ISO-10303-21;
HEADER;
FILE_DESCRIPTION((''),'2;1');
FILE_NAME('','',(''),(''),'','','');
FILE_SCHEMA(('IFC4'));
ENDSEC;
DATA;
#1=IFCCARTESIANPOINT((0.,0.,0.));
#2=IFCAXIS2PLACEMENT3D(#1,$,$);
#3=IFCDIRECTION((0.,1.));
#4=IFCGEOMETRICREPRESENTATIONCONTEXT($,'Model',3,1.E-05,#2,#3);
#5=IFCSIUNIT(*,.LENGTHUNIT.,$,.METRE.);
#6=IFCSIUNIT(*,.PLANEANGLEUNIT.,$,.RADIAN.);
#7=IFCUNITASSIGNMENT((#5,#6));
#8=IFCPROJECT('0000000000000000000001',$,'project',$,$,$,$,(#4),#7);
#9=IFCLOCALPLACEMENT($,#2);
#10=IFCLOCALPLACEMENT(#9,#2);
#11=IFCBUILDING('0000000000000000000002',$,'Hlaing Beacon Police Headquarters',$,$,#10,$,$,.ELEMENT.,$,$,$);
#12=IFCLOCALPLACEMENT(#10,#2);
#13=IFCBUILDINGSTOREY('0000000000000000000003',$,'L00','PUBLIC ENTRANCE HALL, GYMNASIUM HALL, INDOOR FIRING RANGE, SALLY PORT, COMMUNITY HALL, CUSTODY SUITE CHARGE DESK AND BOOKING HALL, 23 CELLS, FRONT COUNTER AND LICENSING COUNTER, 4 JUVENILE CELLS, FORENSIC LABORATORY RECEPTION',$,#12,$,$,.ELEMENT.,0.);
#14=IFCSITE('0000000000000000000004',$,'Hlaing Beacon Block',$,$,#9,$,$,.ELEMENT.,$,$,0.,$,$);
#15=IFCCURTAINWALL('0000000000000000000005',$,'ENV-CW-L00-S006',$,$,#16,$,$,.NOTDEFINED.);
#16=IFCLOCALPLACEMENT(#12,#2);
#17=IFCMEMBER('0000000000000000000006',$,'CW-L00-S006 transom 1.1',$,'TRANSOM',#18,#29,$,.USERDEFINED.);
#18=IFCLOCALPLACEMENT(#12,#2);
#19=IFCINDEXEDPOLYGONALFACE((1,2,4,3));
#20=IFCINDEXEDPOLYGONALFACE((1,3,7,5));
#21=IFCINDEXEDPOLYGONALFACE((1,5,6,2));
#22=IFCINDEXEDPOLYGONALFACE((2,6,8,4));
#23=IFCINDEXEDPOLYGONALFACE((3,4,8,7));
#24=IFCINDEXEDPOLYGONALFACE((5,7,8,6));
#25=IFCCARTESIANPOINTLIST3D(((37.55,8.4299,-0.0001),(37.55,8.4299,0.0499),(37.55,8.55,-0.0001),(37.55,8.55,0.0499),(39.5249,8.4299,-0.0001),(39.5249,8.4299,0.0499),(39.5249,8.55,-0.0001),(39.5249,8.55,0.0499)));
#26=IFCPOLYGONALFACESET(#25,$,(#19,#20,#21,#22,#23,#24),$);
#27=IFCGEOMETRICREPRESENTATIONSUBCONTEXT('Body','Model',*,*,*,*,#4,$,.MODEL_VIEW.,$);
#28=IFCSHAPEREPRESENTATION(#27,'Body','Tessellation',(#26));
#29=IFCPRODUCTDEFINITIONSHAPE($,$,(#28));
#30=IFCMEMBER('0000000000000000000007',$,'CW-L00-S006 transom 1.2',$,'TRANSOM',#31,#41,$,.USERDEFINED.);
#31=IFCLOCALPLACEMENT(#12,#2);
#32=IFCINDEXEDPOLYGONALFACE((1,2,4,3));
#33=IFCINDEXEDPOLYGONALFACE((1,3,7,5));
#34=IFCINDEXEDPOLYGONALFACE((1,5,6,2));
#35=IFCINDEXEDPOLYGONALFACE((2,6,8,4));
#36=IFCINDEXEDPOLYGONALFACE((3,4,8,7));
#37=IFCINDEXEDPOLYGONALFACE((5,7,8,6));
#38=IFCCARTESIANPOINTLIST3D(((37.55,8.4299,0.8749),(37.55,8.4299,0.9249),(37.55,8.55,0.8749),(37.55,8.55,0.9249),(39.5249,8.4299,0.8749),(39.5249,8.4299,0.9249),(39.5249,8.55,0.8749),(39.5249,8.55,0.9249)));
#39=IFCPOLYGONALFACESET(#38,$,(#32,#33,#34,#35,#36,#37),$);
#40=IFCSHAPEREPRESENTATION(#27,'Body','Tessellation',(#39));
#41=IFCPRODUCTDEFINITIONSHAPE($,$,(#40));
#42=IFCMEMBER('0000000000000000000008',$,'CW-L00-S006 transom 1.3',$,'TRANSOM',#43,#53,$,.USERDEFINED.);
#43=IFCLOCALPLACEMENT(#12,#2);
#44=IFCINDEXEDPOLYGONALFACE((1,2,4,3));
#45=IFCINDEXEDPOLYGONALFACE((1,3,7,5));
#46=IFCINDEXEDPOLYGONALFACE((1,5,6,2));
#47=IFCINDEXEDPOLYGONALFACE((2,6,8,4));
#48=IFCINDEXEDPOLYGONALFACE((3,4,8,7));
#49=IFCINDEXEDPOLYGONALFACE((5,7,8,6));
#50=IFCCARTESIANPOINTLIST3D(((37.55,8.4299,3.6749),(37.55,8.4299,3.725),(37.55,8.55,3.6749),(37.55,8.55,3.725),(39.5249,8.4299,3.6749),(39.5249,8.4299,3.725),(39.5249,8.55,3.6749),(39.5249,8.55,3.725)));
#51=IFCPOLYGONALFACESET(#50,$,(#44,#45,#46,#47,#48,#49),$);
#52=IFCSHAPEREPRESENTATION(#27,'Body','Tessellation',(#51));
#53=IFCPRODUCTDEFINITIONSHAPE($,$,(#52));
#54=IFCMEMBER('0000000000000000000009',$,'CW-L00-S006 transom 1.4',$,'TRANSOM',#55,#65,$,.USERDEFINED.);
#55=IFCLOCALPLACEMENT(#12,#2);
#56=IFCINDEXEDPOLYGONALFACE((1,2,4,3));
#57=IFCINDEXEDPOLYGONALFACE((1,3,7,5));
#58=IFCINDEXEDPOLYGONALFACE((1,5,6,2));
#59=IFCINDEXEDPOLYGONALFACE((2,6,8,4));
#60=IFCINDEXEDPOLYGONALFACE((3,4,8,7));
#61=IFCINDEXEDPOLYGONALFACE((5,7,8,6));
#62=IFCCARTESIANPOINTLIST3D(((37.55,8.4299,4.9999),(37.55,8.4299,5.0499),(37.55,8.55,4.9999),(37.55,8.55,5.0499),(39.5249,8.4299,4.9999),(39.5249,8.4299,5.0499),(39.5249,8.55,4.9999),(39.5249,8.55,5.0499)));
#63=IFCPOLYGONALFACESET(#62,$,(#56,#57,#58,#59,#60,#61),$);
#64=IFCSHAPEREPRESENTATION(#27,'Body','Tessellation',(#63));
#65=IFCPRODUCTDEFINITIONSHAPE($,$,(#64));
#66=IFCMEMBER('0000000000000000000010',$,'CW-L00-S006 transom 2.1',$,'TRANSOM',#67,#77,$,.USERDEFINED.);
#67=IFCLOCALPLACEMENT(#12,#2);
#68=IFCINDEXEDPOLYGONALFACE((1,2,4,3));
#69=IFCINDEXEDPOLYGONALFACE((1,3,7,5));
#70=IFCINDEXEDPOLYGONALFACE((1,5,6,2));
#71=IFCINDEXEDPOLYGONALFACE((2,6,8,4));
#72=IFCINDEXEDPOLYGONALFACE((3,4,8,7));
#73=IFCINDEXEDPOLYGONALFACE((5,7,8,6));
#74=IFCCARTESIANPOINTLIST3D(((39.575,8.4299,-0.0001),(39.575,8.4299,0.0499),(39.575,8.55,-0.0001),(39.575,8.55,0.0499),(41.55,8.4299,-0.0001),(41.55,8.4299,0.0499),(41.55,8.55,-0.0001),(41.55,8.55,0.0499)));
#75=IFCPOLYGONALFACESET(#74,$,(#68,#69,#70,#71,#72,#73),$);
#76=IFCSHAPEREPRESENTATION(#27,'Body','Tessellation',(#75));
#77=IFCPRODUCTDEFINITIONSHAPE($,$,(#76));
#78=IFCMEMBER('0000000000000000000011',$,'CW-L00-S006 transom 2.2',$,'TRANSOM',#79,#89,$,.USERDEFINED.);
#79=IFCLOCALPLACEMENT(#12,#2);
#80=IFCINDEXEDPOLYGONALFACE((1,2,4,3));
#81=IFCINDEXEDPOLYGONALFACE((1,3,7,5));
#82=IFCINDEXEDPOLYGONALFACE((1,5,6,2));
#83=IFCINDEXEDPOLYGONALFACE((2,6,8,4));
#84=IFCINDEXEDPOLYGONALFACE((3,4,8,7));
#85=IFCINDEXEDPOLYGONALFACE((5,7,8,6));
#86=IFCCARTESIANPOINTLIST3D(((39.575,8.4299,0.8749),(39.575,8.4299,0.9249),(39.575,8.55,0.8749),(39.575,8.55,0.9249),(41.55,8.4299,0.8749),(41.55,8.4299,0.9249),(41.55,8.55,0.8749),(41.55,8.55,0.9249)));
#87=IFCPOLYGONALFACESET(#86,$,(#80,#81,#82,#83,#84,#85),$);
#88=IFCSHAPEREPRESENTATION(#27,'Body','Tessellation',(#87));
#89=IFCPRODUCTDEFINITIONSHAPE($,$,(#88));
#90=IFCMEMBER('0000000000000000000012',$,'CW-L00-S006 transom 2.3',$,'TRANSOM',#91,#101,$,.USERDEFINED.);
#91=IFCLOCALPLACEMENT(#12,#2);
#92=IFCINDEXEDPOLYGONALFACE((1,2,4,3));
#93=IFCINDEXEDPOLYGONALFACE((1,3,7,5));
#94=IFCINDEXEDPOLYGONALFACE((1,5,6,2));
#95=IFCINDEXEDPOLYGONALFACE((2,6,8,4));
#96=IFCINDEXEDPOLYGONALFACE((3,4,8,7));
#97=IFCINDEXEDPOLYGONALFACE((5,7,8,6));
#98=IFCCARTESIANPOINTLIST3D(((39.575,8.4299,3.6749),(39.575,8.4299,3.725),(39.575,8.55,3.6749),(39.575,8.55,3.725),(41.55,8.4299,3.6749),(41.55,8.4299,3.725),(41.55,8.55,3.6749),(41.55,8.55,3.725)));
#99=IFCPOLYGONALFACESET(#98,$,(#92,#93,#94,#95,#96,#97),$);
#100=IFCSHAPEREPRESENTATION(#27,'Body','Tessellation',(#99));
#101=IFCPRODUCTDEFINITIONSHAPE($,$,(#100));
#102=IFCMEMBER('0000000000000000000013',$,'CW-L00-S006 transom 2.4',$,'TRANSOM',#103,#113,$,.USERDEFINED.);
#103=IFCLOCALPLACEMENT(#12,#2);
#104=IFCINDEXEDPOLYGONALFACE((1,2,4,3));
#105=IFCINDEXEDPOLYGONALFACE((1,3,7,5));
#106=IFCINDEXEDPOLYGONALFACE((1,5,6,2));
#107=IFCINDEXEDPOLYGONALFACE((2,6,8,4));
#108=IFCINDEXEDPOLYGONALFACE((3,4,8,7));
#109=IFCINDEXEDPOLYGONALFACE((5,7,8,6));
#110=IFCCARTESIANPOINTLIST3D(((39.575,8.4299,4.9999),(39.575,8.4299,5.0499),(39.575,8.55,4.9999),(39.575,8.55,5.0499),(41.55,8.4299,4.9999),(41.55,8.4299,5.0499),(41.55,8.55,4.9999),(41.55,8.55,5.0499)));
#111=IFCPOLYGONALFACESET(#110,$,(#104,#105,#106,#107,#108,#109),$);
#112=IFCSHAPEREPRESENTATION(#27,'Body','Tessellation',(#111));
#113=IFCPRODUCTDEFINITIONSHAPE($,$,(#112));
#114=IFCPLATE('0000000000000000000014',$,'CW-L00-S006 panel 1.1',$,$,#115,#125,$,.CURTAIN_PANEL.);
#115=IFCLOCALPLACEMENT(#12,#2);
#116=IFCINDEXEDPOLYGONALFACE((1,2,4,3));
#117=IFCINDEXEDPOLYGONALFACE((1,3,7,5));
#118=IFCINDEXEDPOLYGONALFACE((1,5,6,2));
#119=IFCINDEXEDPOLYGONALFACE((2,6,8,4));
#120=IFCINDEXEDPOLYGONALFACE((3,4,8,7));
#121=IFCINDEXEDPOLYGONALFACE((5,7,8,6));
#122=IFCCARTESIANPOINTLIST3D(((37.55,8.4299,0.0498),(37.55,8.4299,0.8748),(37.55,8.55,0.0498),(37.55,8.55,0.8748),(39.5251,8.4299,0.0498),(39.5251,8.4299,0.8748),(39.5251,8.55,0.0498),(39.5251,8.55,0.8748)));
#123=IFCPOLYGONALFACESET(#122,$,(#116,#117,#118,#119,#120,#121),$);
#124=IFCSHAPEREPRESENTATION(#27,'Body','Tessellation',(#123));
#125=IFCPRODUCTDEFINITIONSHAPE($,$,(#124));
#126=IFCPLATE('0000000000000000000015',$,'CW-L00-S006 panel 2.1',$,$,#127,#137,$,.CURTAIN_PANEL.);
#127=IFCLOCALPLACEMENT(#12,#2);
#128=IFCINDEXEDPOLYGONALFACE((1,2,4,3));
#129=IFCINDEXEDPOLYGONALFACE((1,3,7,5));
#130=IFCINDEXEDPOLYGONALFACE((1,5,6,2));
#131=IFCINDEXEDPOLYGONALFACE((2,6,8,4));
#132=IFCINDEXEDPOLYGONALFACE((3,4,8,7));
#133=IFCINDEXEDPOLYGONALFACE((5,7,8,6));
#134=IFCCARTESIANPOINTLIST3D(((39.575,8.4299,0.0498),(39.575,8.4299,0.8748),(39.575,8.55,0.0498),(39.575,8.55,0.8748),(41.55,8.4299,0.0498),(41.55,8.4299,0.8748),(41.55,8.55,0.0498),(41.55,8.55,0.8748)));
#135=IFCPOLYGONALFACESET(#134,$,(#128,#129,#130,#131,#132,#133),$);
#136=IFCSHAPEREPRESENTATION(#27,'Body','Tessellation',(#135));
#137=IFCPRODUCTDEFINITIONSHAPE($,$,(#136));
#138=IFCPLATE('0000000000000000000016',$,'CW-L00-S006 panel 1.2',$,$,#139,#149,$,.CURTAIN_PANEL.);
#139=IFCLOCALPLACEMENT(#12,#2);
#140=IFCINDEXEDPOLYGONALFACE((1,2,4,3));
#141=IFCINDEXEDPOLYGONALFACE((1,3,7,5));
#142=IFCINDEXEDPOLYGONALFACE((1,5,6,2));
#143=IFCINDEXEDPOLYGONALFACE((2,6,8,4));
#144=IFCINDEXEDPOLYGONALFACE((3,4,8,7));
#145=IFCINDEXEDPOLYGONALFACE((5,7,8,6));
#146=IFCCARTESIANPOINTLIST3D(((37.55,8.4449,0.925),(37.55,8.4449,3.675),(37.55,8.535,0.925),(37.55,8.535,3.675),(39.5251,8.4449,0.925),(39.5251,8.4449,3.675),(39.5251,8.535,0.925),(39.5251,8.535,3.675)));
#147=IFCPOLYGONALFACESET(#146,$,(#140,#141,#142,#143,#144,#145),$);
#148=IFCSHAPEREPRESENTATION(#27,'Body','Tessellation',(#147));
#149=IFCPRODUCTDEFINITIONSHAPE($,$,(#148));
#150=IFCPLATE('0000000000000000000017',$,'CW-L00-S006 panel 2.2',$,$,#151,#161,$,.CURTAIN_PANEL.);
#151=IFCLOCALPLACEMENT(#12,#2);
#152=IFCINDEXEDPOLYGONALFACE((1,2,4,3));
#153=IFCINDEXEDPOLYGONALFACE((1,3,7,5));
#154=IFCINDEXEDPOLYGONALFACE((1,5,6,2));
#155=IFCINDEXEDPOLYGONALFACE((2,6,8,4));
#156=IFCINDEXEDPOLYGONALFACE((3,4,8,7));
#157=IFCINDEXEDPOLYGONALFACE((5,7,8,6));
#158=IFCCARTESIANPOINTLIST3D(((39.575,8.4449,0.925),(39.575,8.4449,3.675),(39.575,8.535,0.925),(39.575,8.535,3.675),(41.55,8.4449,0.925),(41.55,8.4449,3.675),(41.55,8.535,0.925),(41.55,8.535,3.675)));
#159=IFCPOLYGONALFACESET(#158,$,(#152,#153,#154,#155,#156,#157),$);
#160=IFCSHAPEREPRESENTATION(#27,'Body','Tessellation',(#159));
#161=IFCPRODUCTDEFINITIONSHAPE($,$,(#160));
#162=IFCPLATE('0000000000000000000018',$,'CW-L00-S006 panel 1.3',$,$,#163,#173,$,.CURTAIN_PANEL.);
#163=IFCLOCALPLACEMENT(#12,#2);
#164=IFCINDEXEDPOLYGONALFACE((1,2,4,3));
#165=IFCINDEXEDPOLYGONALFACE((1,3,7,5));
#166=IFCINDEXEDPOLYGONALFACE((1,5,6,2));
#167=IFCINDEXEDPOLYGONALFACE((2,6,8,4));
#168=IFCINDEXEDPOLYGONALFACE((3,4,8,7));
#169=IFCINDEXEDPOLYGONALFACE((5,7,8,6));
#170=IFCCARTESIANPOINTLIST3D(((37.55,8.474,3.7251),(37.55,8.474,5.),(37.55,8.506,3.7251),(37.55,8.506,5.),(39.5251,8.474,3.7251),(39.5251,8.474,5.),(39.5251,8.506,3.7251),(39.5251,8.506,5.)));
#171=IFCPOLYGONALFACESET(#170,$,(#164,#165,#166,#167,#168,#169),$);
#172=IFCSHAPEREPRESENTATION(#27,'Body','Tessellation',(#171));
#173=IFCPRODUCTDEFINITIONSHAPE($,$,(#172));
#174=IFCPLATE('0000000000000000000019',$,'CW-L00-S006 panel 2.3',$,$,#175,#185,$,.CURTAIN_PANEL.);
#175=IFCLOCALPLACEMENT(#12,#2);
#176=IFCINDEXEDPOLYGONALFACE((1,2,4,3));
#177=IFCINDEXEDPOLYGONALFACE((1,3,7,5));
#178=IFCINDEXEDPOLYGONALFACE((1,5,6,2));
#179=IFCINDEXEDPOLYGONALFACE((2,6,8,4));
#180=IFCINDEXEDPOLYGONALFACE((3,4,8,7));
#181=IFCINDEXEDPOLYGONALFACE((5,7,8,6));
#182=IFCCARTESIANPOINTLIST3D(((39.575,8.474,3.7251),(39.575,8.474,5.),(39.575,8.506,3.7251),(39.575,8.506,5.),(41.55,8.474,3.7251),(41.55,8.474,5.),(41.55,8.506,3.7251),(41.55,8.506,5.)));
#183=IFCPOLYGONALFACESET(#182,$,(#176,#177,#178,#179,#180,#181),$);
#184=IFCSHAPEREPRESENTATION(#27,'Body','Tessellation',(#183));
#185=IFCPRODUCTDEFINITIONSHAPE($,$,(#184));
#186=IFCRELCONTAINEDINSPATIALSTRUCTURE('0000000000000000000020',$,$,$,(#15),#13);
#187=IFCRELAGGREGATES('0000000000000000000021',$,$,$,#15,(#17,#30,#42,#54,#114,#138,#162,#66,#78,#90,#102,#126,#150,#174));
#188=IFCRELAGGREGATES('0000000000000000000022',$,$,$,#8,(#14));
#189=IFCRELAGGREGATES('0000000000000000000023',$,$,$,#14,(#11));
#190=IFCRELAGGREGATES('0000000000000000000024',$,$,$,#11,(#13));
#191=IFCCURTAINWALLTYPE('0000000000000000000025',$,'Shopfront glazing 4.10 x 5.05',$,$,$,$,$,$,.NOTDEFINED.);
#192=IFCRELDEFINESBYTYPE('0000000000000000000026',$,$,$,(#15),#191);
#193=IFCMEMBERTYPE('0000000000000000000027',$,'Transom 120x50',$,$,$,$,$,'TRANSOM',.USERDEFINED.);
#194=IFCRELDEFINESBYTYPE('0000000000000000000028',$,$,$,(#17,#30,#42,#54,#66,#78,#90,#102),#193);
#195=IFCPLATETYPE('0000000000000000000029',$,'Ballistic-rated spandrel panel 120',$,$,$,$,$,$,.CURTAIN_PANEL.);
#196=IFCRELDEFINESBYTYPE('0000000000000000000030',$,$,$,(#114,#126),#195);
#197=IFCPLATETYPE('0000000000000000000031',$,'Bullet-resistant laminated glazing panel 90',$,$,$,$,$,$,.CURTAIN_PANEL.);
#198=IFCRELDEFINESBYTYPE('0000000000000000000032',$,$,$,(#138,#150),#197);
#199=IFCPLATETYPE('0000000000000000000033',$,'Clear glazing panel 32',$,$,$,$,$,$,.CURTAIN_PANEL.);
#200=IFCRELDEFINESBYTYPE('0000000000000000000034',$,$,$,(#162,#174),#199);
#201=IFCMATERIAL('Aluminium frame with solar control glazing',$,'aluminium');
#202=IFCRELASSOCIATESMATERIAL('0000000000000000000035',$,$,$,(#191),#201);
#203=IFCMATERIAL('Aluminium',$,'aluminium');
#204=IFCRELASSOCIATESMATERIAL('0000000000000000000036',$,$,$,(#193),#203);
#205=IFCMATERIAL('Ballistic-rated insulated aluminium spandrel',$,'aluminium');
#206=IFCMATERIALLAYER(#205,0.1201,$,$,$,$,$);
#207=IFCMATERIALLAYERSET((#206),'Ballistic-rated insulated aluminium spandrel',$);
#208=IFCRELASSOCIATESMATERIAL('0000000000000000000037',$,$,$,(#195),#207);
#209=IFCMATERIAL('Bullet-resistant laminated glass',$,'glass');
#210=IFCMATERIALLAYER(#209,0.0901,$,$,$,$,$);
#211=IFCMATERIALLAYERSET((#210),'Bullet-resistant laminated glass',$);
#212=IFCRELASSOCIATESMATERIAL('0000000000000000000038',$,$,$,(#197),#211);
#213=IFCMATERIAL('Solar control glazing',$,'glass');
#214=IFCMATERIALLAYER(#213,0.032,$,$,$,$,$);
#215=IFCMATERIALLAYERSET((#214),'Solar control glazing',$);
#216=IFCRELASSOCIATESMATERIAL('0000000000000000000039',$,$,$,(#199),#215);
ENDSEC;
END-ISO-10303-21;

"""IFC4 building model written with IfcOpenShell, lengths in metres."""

from ifc_helpers import new_model, si_unit, direction, frame, origin, origin_2d, place, context, subcontext, project, spatial, rectangle, extrude, material, layer, layer_set, material_profile, profile_set, type_object, element, aggregate, save


model = new_model("IFC4")

# Units and contexts
model_context = context("Model", 3, precision=1e-05, world=origin(), true_north=direction((0.0, 1.0)))
body_context = subcontext(model_context, "Body", "Model", "MODEL_VIEW")
ifc_project = project(units=[si_unit("LENGTHUNIT", "METRE"), si_unit("PLANEANGLEUNIT", "RADIAN")], contexts=[model_context])

# Site, building, storey
site_placement = place(None, origin())
site = spatial("IfcSite", under=ifc_project, at=site_placement, Name="Hlaing Beacon Block", CompositionType="ELEMENT", RefElevation=0.0)
building_placement = place(site_placement, origin())
building = spatial("IfcBuilding", under=site, at=building_placement, Name="Hlaing Beacon Police Headquarters", CompositionType="ELEMENT")
storey_placement = place(building_placement, origin())
storey = spatial("IfcBuildingStorey", under=building, at=storey_placement, Name="L00", Description="PUBLIC ENTRANCE HALL, GYMNASIUM HALL, INDOOR FIRING RANGE, SALLY PORT, COMMUNITY HALL, CUSTODY SUITE CHARGE DESK AND BOOKING HALL, 23 CELLS, FRONT COUNTER AND LICENSING COUNTER, 4 JUVENILE CELLS, FORENSIC LABORATORY RECEPTION", CompositionType="ELEMENT", Elevation=0.0)

# Curtain wall, members, plates
ifc_material_1 = material(Name="Aluminium frame with solar control glazing", Category="aluminium")
curtain_wall_type = type_object("IfcCurtainWallType", Name="Shopfront glazing 4.10 x 5.05", PredefinedType="NOTDEFINED", material=ifc_material_1)
curtain_wall_placement = place(storey_placement, origin())
curtain_wall = element("IfcCurtainWall", 1, at=curtain_wall_placement, inside=storey, type_object=curtain_wall_type, Name="ENV-CW-L00-S006", PredefinedType="NOTDEFINED")
ifc_material_2 = material(Name="Aluminium", Category="aluminium")
ifc_material_profile_1 = material_profile(ifc_material_2, rectangle(XDim=0.1201, YDim=0.05, at=origin_2d()), Name="Transom 120x50")
ifc_profile_set_1 = profile_set([ifc_material_profile_1], Name="Aluminium")
member_type_1 = type_object("IfcMemberType", Name="Transom 120x50", ElementType="TRANSOM", PredefinedType="USERDEFINED", material=ifc_profile_set_1)
member_1_placement = place(storey_placement, frame((37.55, 8.49, 0.0249), z_axis=(1.0, 0.0, 0.0), x_axis=(0.0, 1.0, 0.0)))
member_1 = element("IfcMember", 2, at=member_1_placement, type_object=member_type_1, Name="CW-L00-S006 transom 1.1", ObjectType="TRANSOM", PredefinedType="USERDEFINED", context=body_context, shape_type="SweptSolid", body=[
    extrude(rectangle(XDim=0.1201, YDim=0.05, at=origin_2d()), origin(), (0.0, 0.0, 1.0), 1.9749),
])
member_2_placement = place(storey_placement, frame((37.55, 8.49, 0.8999), z_axis=(1.0, 0.0, 0.0), x_axis=(0.0, 1.0, 0.0)))
member_2 = element("IfcMember", 3, at=member_2_placement, type_object=member_type_1, Name="CW-L00-S006 transom 1.2", ObjectType="TRANSOM", PredefinedType="USERDEFINED", context=body_context, shape_type="SweptSolid", body=[
    extrude(rectangle(XDim=0.1201, YDim=0.05, at=origin_2d()), origin(), (0.0, 0.0, 1.0), 1.9749),
])
member_3_placement = place(storey_placement, frame((37.55, 8.49, 3.7), z_axis=(1.0, 0.0, 0.0), x_axis=(0.0, 1.0, 0.0)))
member_3 = element("IfcMember", 4, at=member_3_placement, type_object=member_type_1, Name="CW-L00-S006 transom 1.3", ObjectType="TRANSOM", PredefinedType="USERDEFINED", context=body_context, shape_type="SweptSolid", body=[
    extrude(rectangle(XDim=0.1201, YDim=0.05, at=origin_2d()), origin(), (0.0, 0.0, 1.0), 1.9749),
])
member_4_placement = place(storey_placement, frame((37.55, 8.49, 5.0249), z_axis=(1.0, 0.0, 0.0), x_axis=(0.0, 1.0, 0.0)))
member_4 = element("IfcMember", 5, at=member_4_placement, type_object=member_type_1, Name="CW-L00-S006 transom 1.4", ObjectType="TRANSOM", PredefinedType="USERDEFINED", context=body_context, shape_type="SweptSolid", body=[
    extrude(rectangle(XDim=0.1201, YDim=0.05, at=origin_2d()), origin(), (0.0, 0.0, 1.0), 1.9749),
])
member_5_placement = place(storey_placement, frame((39.575, 8.49, 0.0249), z_axis=(1.0, 0.0, 0.0), x_axis=(0.0, 1.0, 0.0)))
member_5 = element("IfcMember", 6, at=member_5_placement, type_object=member_type_1, Name="CW-L00-S006 transom 2.1", ObjectType="TRANSOM", PredefinedType="USERDEFINED", context=body_context, shape_type="SweptSolid", body=[
    extrude(rectangle(XDim=0.1201, YDim=0.05, at=origin_2d()), origin(), (0.0, 0.0, 1.0), 1.9751),
])
member_6_placement = place(storey_placement, frame((39.575, 8.49, 0.8999), z_axis=(1.0, 0.0, 0.0), x_axis=(0.0, 1.0, 0.0)))
member_6 = element("IfcMember", 7, at=member_6_placement, type_object=member_type_1, Name="CW-L00-S006 transom 2.2", ObjectType="TRANSOM", PredefinedType="USERDEFINED", context=body_context, shape_type="SweptSolid", body=[
    extrude(rectangle(XDim=0.1201, YDim=0.05, at=origin_2d()), origin(), (0.0, 0.0, 1.0), 1.9751),
])
member_7_placement = place(storey_placement, frame((39.575, 8.49, 3.7), z_axis=(1.0, 0.0, 0.0), x_axis=(0.0, 1.0, 0.0)))
member_7 = element("IfcMember", 8, at=member_7_placement, type_object=member_type_1, Name="CW-L00-S006 transom 2.3", ObjectType="TRANSOM", PredefinedType="USERDEFINED", context=body_context, shape_type="SweptSolid", body=[
    extrude(rectangle(XDim=0.1201, YDim=0.05, at=origin_2d()), origin(), (0.0, 0.0, 1.0), 1.9751),
])
member_8_placement = place(storey_placement, frame((39.575, 8.49, 5.0249), z_axis=(1.0, 0.0, 0.0), x_axis=(0.0, 1.0, 0.0)))
member_8 = element("IfcMember", 9, at=member_8_placement, type_object=member_type_1, Name="CW-L00-S006 transom 2.4", ObjectType="TRANSOM", PredefinedType="USERDEFINED", context=body_context, shape_type="SweptSolid", body=[
    extrude(rectangle(XDim=0.1201, YDim=0.05, at=origin_2d()), origin(), (0.0, 0.0, 1.0), 1.9751),
])
ifc_material_3 = material(Name="Ballistic-rated insulated aluminium spandrel", Category="aluminium")
ifc_layer_1 = layer(ifc_material_3, 0.1201)
ifc_layer_set_1 = layer_set([ifc_layer_1], Name="Ballistic-rated insulated aluminium spandrel")
plate_type_1 = type_object("IfcPlateType", Name="Ballistic-rated spandrel panel 120", PredefinedType="CURTAIN_PANEL", material=ifc_layer_set_1)
plate_1_placement = place(storey_placement, frame((38.5376, 8.49, 0.0498), z_axis=(0.0, 0.0, 1.0), x_axis=(1.0, 0.0, 0.0)))
plate_1 = element("IfcPlate", 10, at=plate_1_placement, type_object=plate_type_1, Name="CW-L00-S006 panel 1.1", PredefinedType="CURTAIN_PANEL", context=body_context, shape_type="SweptSolid", body=[
    extrude(rectangle(XDim=1.9751, YDim=0.1201, at=origin_2d()), origin(), (0.0, 0.0, 1.0), 0.825),
])
plate_2_placement = place(storey_placement, frame((40.5625, 8.49, 0.0498), z_axis=(0.0, 0.0, 1.0), x_axis=(1.0, 0.0, 0.0)))
plate_2 = element("IfcPlate", 11, at=plate_2_placement, type_object=plate_type_1, Name="CW-L00-S006 panel 2.1", PredefinedType="CURTAIN_PANEL", context=body_context, shape_type="SweptSolid", body=[
    extrude(rectangle(XDim=1.9751, YDim=0.1201, at=origin_2d()), origin(), (0.0, 0.0, 1.0), 0.825),
])
ifc_material_4 = material(Name="Bullet-resistant laminated glass", Category="glass")
ifc_layer_2 = layer(ifc_material_4, 0.0901)
ifc_layer_set_2 = layer_set([ifc_layer_2], Name="Bullet-resistant laminated glass")
plate_type_2 = type_object("IfcPlateType", Name="Bullet-resistant laminated glazing panel 90", PredefinedType="CURTAIN_PANEL", material=ifc_layer_set_2)
plate_3_placement = place(storey_placement, frame((38.5376, 8.49, 0.925), z_axis=(0.0, 0.0, 1.0), x_axis=(1.0, 0.0, 0.0)))
plate_3 = element("IfcPlate", 12, at=plate_3_placement, type_object=plate_type_2, Name="CW-L00-S006 panel 1.2", PredefinedType="CURTAIN_PANEL", context=body_context, shape_type="SweptSolid", body=[
    extrude(rectangle(XDim=1.9751, YDim=0.0901, at=origin_2d()), origin(), (0.0, 0.0, 1.0), 2.75),
])
plate_4_placement = place(storey_placement, frame((40.5625, 8.49, 0.925), z_axis=(0.0, 0.0, 1.0), x_axis=(1.0, 0.0, 0.0)))
plate_4 = element("IfcPlate", 13, at=plate_4_placement, type_object=plate_type_2, Name="CW-L00-S006 panel 2.2", PredefinedType="CURTAIN_PANEL", context=body_context, shape_type="SweptSolid", body=[
    extrude(rectangle(XDim=1.9751, YDim=0.0901, at=origin_2d()), origin(), (0.0, 0.0, 1.0), 2.75),
])
ifc_material_5 = material(Name="Solar control glazing", Category="glass")
ifc_layer_3 = layer(ifc_material_5, 0.032)
ifc_layer_set_3 = layer_set([ifc_layer_3], Name="Solar control glazing")
plate_type_3 = type_object("IfcPlateType", Name="Clear glazing panel 32", PredefinedType="CURTAIN_PANEL", material=ifc_layer_set_3)
plate_5_placement = place(storey_placement, frame((38.5376, 8.49, 3.7251), z_axis=(0.0, 0.0, 1.0), x_axis=(1.0, 0.0, 0.0)))
plate_5 = element("IfcPlate", 14, at=plate_5_placement, type_object=plate_type_3, Name="CW-L00-S006 panel 1.3", PredefinedType="CURTAIN_PANEL", context=body_context, shape_type="SweptSolid", body=[
    extrude(rectangle(XDim=1.9751, YDim=0.032, at=origin_2d()), origin(), (0.0, 0.0, 1.0), 1.2749),
])
plate_6_placement = place(storey_placement, frame((40.5625, 8.49, 3.7251), z_axis=(0.0, 0.0, 1.0), x_axis=(1.0, 0.0, 0.0)))
plate_6 = element("IfcPlate", 15, at=plate_6_placement, type_object=plate_type_3, Name="CW-L00-S006 panel 2.3", PredefinedType="CURTAIN_PANEL", context=body_context, shape_type="SweptSolid", body=[
    extrude(rectangle(XDim=1.9751, YDim=0.032, at=origin_2d()), origin(), (0.0, 0.0, 1.0), 1.2749),
])
aggregate(curtain_wall, [member_1, member_2, member_3, member_4, plate_1, plate_3, plate_5, member_5, member_6, member_7, member_8, plate_2, plate_4, plate_6])

save(model, "model.ifc")
